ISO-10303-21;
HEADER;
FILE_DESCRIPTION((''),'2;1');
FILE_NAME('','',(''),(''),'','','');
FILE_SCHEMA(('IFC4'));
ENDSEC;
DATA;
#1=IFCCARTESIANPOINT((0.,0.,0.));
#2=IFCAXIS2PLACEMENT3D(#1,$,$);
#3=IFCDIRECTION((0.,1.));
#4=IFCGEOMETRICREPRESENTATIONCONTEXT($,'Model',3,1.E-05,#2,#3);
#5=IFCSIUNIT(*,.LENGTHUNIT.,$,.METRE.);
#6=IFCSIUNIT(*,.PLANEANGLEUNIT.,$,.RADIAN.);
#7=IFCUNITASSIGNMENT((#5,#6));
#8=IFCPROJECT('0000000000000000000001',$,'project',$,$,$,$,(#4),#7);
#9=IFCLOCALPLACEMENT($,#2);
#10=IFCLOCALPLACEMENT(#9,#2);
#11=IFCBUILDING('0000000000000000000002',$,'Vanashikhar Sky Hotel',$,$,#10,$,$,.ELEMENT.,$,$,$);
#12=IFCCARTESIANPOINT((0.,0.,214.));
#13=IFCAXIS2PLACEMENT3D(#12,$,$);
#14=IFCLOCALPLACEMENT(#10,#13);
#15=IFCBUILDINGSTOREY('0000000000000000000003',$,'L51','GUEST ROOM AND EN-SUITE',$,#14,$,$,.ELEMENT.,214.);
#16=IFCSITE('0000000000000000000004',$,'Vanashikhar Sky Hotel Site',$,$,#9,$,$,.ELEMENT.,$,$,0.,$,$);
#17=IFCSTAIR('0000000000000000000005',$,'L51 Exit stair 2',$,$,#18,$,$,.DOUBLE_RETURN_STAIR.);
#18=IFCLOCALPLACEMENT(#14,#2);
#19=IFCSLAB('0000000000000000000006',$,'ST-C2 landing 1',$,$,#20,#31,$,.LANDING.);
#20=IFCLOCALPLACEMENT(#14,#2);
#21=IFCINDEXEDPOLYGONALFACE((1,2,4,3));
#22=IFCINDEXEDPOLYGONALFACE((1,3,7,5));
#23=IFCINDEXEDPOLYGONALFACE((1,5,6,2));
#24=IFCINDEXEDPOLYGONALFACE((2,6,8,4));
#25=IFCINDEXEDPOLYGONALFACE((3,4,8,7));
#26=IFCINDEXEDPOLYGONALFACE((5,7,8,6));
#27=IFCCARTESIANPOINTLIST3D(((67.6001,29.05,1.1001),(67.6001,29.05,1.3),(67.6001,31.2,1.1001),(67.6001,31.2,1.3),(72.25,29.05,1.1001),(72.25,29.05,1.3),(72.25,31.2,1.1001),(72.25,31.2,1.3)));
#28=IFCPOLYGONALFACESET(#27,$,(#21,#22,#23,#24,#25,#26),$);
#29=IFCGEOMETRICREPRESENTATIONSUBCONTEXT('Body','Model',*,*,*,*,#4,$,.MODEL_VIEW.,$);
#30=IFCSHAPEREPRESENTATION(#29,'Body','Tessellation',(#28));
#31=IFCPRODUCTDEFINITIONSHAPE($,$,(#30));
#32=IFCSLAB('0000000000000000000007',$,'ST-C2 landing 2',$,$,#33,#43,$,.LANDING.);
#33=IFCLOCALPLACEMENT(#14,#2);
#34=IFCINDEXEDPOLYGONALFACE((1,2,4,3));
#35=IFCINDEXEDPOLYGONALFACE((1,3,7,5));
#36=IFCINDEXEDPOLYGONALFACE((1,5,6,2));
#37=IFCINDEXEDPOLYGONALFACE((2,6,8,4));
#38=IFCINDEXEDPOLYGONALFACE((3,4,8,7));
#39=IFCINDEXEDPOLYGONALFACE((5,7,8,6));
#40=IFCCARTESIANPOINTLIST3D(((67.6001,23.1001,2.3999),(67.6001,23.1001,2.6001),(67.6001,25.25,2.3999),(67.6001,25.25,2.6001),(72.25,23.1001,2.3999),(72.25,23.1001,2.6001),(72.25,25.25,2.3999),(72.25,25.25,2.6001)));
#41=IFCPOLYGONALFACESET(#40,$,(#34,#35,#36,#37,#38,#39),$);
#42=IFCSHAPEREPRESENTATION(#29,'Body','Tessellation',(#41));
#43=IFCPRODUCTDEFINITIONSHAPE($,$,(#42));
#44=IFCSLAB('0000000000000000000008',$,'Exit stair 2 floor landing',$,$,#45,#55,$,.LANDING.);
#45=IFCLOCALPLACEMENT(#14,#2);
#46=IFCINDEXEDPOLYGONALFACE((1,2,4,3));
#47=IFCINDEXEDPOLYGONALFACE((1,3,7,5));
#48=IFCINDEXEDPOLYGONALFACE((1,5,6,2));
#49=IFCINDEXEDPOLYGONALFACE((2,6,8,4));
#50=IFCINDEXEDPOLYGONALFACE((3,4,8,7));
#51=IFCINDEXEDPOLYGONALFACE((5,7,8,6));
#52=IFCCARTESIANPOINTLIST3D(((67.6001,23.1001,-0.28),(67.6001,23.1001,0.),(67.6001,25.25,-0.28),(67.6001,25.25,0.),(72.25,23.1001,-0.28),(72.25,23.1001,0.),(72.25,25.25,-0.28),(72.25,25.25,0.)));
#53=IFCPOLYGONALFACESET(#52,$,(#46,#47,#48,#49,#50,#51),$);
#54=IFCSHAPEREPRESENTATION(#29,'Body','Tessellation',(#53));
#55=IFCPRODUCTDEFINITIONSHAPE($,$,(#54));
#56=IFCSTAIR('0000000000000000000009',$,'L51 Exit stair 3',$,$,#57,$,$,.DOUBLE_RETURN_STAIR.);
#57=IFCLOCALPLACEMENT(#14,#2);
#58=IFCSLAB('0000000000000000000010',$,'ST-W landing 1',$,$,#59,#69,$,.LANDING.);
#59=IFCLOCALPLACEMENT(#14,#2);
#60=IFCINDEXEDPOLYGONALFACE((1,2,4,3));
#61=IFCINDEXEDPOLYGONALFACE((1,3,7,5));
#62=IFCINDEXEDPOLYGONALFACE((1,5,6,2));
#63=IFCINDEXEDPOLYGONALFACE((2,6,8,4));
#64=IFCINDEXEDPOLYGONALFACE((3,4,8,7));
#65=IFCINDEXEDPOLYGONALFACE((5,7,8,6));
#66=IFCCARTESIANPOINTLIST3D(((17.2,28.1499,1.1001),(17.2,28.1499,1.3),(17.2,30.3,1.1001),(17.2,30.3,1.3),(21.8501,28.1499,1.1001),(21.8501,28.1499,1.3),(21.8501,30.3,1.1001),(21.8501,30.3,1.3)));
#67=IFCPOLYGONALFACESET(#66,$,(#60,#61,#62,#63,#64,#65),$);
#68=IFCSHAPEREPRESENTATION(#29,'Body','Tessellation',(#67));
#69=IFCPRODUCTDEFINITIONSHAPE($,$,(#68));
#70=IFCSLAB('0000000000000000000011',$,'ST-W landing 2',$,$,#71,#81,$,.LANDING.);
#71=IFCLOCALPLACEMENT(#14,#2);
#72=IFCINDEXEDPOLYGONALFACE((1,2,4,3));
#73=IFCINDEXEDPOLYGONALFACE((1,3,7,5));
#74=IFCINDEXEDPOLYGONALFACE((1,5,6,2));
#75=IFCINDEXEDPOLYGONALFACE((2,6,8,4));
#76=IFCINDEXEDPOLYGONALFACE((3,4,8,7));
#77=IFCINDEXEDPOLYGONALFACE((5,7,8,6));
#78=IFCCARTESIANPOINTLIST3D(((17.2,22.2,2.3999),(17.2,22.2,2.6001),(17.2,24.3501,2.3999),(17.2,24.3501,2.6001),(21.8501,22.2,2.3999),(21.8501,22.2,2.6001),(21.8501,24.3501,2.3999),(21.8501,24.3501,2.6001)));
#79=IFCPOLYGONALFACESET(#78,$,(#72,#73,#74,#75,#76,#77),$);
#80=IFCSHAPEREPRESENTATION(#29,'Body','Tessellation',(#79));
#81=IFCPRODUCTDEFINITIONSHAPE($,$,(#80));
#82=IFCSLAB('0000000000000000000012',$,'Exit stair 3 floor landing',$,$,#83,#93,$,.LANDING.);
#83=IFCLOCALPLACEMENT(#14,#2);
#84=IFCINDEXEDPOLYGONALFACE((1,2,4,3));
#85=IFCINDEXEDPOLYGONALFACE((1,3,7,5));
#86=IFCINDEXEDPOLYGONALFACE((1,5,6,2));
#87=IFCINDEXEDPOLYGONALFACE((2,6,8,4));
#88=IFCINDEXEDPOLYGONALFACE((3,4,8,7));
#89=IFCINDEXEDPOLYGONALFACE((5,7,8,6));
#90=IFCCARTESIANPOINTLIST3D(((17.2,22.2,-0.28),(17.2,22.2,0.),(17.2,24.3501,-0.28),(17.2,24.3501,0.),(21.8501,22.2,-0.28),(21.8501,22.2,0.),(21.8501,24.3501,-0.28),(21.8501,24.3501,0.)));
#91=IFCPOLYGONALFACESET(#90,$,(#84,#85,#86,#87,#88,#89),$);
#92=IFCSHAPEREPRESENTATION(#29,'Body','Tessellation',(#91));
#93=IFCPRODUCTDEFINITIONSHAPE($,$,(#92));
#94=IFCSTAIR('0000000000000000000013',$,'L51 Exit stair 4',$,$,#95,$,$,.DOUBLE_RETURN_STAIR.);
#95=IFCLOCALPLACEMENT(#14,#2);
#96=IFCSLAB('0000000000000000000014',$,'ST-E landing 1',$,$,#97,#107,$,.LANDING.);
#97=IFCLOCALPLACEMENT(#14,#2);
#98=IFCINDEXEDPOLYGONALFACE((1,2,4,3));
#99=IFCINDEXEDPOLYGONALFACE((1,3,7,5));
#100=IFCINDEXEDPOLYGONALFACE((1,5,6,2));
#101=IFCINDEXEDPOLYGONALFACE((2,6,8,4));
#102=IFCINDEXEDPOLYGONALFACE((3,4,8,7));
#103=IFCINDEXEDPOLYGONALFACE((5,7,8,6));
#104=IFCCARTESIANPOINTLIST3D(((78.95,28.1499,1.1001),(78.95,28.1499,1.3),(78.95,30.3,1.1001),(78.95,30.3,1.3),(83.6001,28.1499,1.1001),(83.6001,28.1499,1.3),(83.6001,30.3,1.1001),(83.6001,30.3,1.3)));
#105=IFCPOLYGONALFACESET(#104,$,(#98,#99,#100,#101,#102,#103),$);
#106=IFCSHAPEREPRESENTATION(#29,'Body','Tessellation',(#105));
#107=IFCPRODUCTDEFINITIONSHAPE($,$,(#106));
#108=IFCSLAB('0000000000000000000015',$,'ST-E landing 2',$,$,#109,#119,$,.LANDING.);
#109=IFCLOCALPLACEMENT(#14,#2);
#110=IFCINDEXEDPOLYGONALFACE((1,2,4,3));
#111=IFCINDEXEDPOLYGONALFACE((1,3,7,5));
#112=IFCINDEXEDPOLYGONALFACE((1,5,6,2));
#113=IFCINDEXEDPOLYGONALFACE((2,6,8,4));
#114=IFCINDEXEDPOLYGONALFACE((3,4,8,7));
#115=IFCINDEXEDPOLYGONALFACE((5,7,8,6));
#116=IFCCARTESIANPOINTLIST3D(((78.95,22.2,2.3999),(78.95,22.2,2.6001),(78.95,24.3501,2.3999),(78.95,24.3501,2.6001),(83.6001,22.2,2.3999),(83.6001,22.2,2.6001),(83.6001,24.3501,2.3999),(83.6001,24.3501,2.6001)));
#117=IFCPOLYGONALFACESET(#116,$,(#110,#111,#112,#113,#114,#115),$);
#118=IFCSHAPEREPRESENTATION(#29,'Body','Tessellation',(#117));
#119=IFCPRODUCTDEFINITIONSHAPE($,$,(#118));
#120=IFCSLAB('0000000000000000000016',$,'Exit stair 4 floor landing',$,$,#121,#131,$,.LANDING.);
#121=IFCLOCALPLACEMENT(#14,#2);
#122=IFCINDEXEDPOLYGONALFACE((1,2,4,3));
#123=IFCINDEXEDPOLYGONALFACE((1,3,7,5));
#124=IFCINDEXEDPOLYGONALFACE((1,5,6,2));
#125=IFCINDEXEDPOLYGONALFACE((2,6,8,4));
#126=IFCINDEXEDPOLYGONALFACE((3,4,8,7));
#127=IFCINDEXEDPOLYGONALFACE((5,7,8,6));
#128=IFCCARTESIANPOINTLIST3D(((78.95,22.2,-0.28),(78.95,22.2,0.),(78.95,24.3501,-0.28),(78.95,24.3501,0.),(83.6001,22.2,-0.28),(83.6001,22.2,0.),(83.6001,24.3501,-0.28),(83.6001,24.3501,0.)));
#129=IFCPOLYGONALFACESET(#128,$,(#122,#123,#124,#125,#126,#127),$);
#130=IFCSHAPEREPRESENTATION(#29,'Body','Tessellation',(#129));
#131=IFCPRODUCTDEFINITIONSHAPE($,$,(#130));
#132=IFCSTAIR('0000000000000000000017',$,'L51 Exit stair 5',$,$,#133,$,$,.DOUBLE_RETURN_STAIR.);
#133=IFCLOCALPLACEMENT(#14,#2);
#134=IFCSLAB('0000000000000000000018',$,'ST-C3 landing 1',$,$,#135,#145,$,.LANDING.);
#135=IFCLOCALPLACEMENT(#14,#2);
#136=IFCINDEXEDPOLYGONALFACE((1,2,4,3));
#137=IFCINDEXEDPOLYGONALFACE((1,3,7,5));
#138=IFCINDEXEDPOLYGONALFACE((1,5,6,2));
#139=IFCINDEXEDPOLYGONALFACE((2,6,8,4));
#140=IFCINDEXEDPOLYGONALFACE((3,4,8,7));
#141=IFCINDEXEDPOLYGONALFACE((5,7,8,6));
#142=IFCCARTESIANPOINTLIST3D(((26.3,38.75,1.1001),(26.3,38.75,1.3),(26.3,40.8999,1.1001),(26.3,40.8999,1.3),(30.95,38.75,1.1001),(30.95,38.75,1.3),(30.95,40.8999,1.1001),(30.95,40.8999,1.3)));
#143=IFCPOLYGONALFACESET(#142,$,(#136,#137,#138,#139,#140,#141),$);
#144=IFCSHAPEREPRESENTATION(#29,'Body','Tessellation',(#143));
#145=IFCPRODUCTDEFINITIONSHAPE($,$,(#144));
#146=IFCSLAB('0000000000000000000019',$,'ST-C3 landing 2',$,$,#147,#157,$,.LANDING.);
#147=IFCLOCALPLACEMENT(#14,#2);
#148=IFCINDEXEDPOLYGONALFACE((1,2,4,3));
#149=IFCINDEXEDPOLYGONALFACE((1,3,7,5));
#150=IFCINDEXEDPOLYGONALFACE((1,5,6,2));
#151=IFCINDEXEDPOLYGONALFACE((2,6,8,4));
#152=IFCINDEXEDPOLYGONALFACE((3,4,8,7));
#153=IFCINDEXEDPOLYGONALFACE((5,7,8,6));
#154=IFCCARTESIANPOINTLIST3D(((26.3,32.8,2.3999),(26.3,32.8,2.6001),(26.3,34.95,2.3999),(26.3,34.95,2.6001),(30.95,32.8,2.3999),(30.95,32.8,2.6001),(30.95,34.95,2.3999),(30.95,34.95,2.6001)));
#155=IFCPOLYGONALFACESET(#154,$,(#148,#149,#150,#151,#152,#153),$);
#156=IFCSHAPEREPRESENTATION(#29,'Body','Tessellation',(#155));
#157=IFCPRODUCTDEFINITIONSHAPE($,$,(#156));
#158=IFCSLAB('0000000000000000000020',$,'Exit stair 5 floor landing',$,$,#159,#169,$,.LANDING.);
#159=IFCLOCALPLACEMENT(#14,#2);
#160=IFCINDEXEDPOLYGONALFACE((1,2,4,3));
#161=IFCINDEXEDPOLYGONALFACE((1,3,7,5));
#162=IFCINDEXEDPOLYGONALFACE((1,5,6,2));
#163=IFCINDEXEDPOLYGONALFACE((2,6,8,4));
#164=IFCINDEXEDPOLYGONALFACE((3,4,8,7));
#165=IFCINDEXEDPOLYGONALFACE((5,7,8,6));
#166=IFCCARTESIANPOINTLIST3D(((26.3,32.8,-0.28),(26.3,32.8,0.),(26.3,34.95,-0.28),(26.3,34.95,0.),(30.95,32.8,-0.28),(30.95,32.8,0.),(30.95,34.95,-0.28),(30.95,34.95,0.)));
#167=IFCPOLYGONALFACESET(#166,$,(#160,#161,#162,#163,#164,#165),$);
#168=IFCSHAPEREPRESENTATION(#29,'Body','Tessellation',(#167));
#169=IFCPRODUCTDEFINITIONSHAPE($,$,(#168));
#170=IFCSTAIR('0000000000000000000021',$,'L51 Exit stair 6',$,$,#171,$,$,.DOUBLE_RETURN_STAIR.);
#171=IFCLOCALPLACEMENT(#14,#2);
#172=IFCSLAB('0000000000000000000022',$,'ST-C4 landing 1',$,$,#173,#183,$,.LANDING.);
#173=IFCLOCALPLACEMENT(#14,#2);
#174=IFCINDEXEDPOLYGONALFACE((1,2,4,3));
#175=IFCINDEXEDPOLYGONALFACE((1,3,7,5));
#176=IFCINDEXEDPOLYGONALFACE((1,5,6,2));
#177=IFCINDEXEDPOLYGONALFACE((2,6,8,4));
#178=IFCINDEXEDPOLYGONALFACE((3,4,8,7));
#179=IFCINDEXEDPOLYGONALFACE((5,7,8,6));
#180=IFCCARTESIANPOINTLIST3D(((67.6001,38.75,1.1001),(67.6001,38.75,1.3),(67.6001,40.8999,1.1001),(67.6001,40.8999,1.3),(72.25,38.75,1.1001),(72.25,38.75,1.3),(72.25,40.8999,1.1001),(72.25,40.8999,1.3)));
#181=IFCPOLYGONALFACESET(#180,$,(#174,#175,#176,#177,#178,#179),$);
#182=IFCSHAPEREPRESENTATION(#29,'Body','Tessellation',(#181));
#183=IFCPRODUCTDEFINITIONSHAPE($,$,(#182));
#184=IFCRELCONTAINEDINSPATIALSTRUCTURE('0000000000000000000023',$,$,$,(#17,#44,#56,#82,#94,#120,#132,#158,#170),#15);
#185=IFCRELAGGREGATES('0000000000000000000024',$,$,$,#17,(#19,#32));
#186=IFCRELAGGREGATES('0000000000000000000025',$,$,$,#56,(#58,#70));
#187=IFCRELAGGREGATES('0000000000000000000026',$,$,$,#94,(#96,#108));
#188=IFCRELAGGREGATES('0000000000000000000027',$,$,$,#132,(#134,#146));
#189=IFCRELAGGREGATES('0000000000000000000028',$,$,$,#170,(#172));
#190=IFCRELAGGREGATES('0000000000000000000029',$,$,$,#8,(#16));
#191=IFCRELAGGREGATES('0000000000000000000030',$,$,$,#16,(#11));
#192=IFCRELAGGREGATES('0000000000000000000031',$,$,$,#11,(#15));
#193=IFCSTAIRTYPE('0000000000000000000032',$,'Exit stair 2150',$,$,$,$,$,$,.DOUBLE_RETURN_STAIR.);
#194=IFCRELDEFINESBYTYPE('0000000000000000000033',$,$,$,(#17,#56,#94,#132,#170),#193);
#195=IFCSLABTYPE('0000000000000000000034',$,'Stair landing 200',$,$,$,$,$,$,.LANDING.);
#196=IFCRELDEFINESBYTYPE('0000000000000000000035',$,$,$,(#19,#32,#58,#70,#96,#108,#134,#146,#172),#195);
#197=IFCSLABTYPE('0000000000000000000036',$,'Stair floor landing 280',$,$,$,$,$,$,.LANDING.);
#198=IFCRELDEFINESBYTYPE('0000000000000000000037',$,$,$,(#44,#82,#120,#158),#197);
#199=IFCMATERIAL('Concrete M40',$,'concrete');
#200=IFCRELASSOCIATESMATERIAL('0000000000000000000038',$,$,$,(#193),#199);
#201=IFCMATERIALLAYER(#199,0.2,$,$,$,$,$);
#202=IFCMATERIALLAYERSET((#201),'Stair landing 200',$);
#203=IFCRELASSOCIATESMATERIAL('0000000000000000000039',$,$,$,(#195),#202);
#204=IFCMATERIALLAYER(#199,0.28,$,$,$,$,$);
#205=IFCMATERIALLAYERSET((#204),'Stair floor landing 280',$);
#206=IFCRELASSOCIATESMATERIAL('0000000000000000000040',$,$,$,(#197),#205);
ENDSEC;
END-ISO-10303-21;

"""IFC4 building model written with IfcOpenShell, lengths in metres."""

from ifc_helpers import new_model, si_unit, direction, frame, origin, place, context, subcontext, project, spatial, polyline, outline, extrude, source, transform, mapped, material, layer, layer_set, type_object, element, aggregate, save


model = new_model("IFC4")

# Units and contexts
model_context = context("Model", 3, precision=1e-05, world=origin(), true_north=direction((0.0, 1.0)))
body_context = subcontext(model_context, "Body", "Model", "MODEL_VIEW")
ifc_project = project(units=[si_unit("LENGTHUNIT", "METRE"), si_unit("PLANEANGLEUNIT", "RADIAN")], contexts=[model_context])

# Site, building, storey
site_placement = place(None, origin())
site = spatial("IfcSite", under=ifc_project, at=site_placement, Name="Vanashikhar Sky Hotel Site", CompositionType="ELEMENT", RefElevation=0.0)
building_placement = place(site_placement, origin())
building = spatial("IfcBuilding", under=site, at=building_placement, Name="Vanashikhar Sky Hotel", CompositionType="ELEMENT")
storey_placement = place(building_placement, frame((0.0, 0.0, 214.0)))
storey = spatial("IfcBuildingStorey", under=building, at=storey_placement, Name="L51", Description="GUEST ROOM AND EN-SUITE", CompositionType="ELEMENT", Elevation=214.0)

# Shared definitions
ifc_material = material(Name="Concrete M40", Category="concrete")

# Shared definitions
stair_type = type_object("IfcStairType", Name="Exit stair 2150", PredefinedType="DOUBLE_RETURN_STAIR", material=ifc_material)
ifc_layer_1 = layer(ifc_material, 0.2)
ifc_layer_set_1 = layer_set([ifc_layer_1], Name="Stair landing 200")
slab_type_1 = type_object("IfcSlabType", Name="Stair landing 200", PredefinedType="LANDING", material=ifc_layer_set_1)

# Shared definitions
ifc_layer_2 = layer(ifc_material, 0.28)
ifc_layer_set_2 = layer_set([ifc_layer_2], Name="Stair floor landing 280")
slab_type_2 = type_object("IfcSlabType", Name="Stair floor landing 280", PredefinedType="LANDING", material=ifc_layer_set_2)

# Stair, slabs
stair_1_placement = place(storey_placement, origin())
stair_1 = element("IfcStair", 1, at=stair_1_placement, inside=storey, type_object=stair_type, Name="L51 Exit stair 2", PredefinedType="DOUBLE_RETURN_STAIR")
shared_shape_1 = source(origin(), body_context, "Body", "SweptSolid", [
    extrude(outline(polyline([(72.25, 29.05), (72.25, 31.2), (67.6001, 31.2), (67.6001, 29.05), (72.25, 29.05)])), origin(), (0.0, 0.0, 1.0), 0.2),
])
slab_1_placement = place(storey_placement, frame((0.0, 0.0, 1.1001)))
slab_1 = element("IfcSlab", 2, at=slab_1_placement, type_object=slab_type_1, Name="ST-C2 landing 1", PredefinedType="LANDING", context=body_context, shape_type="MappedRepresentation", body=[
    mapped(shared_shape_1, transform((0.0, 0.0, 0.0), scale=1.0)),
])
shared_shape_2 = source(origin(), body_context, "Body", "SweptSolid", [
    extrude(outline(polyline([(72.25, 23.1001), (72.25, 25.25), (67.6001, 25.25), (67.6001, 23.1001), (72.25, 23.1001)])), origin(), (0.0, 0.0, 1.0), 0.2002),
])
slab_2_placement = place(storey_placement, frame((0.0, 0.0, 2.3999)))
slab_2 = element("IfcSlab", 3, at=slab_2_placement, type_object=slab_type_1, Name="ST-C2 landing 2", PredefinedType="LANDING", context=body_context, shape_type="MappedRepresentation", body=[
    mapped(shared_shape_2, transform((0.0, 0.0, 0.0), scale=1.0)),
])
aggregate(stair_1, [slab_1, slab_2])

# Slab
shared_shape_3 = source(origin(), body_context, "Body", "SweptSolid", [
    extrude(outline(polyline([(72.25, 23.1001), (72.25, 25.25), (67.6001, 25.25), (67.6001, 23.1001), (72.25, 23.1001)])), origin(), (0.0, 0.0, 1.0), 0.28),
])
slab_3_placement = place(storey_placement, frame((0.0, 0.0, -0.28)))
element("IfcSlab", 4, at=slab_3_placement, inside=storey, type_object=slab_type_2, Name="Exit stair 2 floor landing", PredefinedType="LANDING", context=body_context, shape_type="MappedRepresentation", body=[
    mapped(shared_shape_3, transform((0.0, 0.0, 0.0), scale=1.0)),
])

# Stair, slabs
stair_2_placement = place(storey_placement, origin())
stair_2 = element("IfcStair", 5, at=stair_2_placement, inside=storey, type_object=stair_type, Name="L51 Exit stair 3", PredefinedType="DOUBLE_RETURN_STAIR")
shared_shape_4 = source(origin(), body_context, "Body", "SweptSolid", [
    extrude(outline(polyline([(21.8501, 28.1499), (21.8501, 30.3), (17.2, 30.3), (17.2, 28.1499), (21.8501, 28.1499)])), origin(), (0.0, 0.0, 1.0), 0.2),
])
slab_4_placement = place(storey_placement, frame((0.0, 0.0, 1.1001)))
slab_4 = element("IfcSlab", 6, at=slab_4_placement, type_object=slab_type_1, Name="ST-W landing 1", PredefinedType="LANDING", context=body_context, shape_type="MappedRepresentation", body=[
    mapped(shared_shape_4, transform((0.0, 0.0, 0.0), scale=1.0)),
])
shared_shape_5 = source(origin(), body_context, "Body", "SweptSolid", [
    extrude(outline(polyline([(21.8501, 22.2), (21.8501, 24.3501), (17.2, 24.3501), (17.2, 22.2), (21.8501, 22.2)])), origin(), (0.0, 0.0, 1.0), 0.2002),
])
slab_5_placement = place(storey_placement, frame((0.0, 0.0, 2.3999)))
slab_5 = element("IfcSlab", 7, at=slab_5_placement, type_object=slab_type_1, Name="ST-W landing 2", PredefinedType="LANDING", context=body_context, shape_type="MappedRepresentation", body=[
    mapped(shared_shape_5, transform((0.0, 0.0, 0.0), scale=1.0)),
])
aggregate(stair_2, [slab_4, slab_5])

# Slab
shared_shape_6 = source(origin(), body_context, "Body", "SweptSolid", [
    extrude(outline(polyline([(21.8501, 22.2), (21.8501, 24.3501), (17.2, 24.3501), (17.2, 22.2), (21.8501, 22.2)])), origin(), (0.0, 0.0, 1.0), 0.28),
])
slab_6_placement = place(storey_placement, frame((0.0, 0.0, -0.28)))
element("IfcSlab", 8, at=slab_6_placement, inside=storey, type_object=slab_type_2, Name="Exit stair 3 floor landing", PredefinedType="LANDING", context=body_context, shape_type="MappedRepresentation", body=[
    mapped(shared_shape_6, transform((0.0, 0.0, 0.0), scale=1.0)),
])

# Stair, slabs
stair_3_placement = place(storey_placement, origin())
stair_3 = element("IfcStair", 9, at=stair_3_placement, inside=storey, type_object=stair_type, Name="L51 Exit stair 4", PredefinedType="DOUBLE_RETURN_STAIR")
shared_shape_7 = source(origin(), body_context, "Body", "SweptSolid", [
    extrude(outline(polyline([(83.6001, 28.1499), (83.6001, 30.3), (78.95, 30.3), (78.95, 28.1499), (83.6001, 28.1499)])), origin(), (0.0, 0.0, 1.0), 0.2),
])
slab_7_placement = place(storey_placement, frame((0.0, 0.0, 1.1001)))
slab_7 = element("IfcSlab", 10, at=slab_7_placement, type_object=slab_type_1, Name="ST-E landing 1", PredefinedType="LANDING", context=body_context, shape_type="MappedRepresentation", body=[
    mapped(shared_shape_7, transform((0.0, 0.0, 0.0), scale=1.0)),
])
shared_shape_8 = source(origin(), body_context, "Body", "SweptSolid", [
    extrude(outline(polyline([(83.6001, 22.2), (83.6001, 24.3501), (78.95, 24.3501), (78.95, 22.2), (83.6001, 22.2)])), origin(), (0.0, 0.0, 1.0), 0.2002),
])
slab_8_placement = place(storey_placement, frame((0.0, 0.0, 2.3999)))
slab_8 = element("IfcSlab", 11, at=slab_8_placement, type_object=slab_type_1, Name="ST-E landing 2", PredefinedType="LANDING", context=body_context, shape_type="MappedRepresentation", body=[
    mapped(shared_shape_8, transform((0.0, 0.0, 0.0), scale=1.0)),
])
aggregate(stair_3, [slab_7, slab_8])

# Slab
shared_shape_9 = source(origin(), body_context, "Body", "SweptSolid", [
    extrude(outline(polyline([(83.6001, 22.2), (83.6001, 24.3501), (78.95, 24.3501), (78.95, 22.2), (83.6001, 22.2)])), origin(), (0.0, 0.0, 1.0), 0.28),
])
slab_9_placement = place(storey_placement, frame((0.0, 0.0, -0.28)))
element("IfcSlab", 12, at=slab_9_placement, inside=storey, type_object=slab_type_2, Name="Exit stair 4 floor landing", PredefinedType="LANDING", context=body_context, shape_type="MappedRepresentation", body=[
    mapped(shared_shape_9, transform((0.0, 0.0, 0.0), scale=1.0)),
])

# Stair, slabs
stair_4_placement = place(storey_placement, origin())
stair_4 = element("IfcStair", 13, at=stair_4_placement, inside=storey, type_object=stair_type, Name="L51 Exit stair 5", PredefinedType="DOUBLE_RETURN_STAIR")
shared_shape_10 = source(origin(), body_context, "Body", "SweptSolid", [
    extrude(outline(polyline([(30.95, 38.75), (30.95, 40.8999), (26.3, 40.8999), (26.3, 38.75), (30.95, 38.75)])), origin(), (0.0, 0.0, 1.0), 0.2),
])
slab_10_placement = place(storey_placement, frame((0.0, 0.0, 1.1001)))
slab_10 = element("IfcSlab", 14, at=slab_10_placement, type_object=slab_type_1, Name="ST-C3 landing 1", PredefinedType="LANDING", context=body_context, shape_type="MappedRepresentation", body=[
    mapped(shared_shape_10, transform((0.0, 0.0, 0.0), scale=1.0)),
])
shared_shape_11 = source(origin(), body_context, "Body", "SweptSolid", [
    extrude(outline(polyline([(30.95, 32.8), (30.95, 34.95), (26.3, 34.95), (26.3, 32.8), (30.95, 32.8)])), origin(), (0.0, 0.0, 1.0), 0.2002),
])
slab_11_placement = place(storey_placement, frame((0.0, 0.0, 2.3999)))
slab_11 = element("IfcSlab", 15, at=slab_11_placement, type_object=slab_type_1, Name="ST-C3 landing 2", PredefinedType="LANDING", context=body_context, shape_type="MappedRepresentation", body=[
    mapped(shared_shape_11, transform((0.0, 0.0, 0.0), scale=1.0)),
])
aggregate(stair_4, [slab_10, slab_11])

# Slab
shared_shape_12 = source(origin(), body_context, "Body", "SweptSolid", [
    extrude(outline(polyline([(30.95, 32.8), (30.95, 34.95), (26.3, 34.95), (26.3, 32.8), (30.95, 32.8)])), origin(), (0.0, 0.0, 1.0), 0.28),
])
slab_12_placement = place(storey_placement, frame((0.0, 0.0, -0.28)))
element("IfcSlab", 16, at=slab_12_placement, inside=storey, type_object=slab_type_2, Name="Exit stair 5 floor landing", PredefinedType="LANDING", context=body_context, shape_type="MappedRepresentation", body=[
    mapped(shared_shape_12, transform((0.0, 0.0, 0.0), scale=1.0)),
])

# Stair, slab
stair_5_placement = place(storey_placement, origin())
stair_5 = element("IfcStair", 17, at=stair_5_placement, inside=storey, type_object=stair_type, Name="L51 Exit stair 6", PredefinedType="DOUBLE_RETURN_STAIR")
shared_shape_13 = source(origin(), body_context, "Body", "SweptSolid", [
    extrude(outline(polyline([(72.25, 38.75), (72.25, 40.8999), (67.6001, 40.8999), (67.6001, 38.75), (72.25, 38.75)])), origin(), (0.0, 0.0, 1.0), 0.2),
])
slab_13_placement = place(storey_placement, frame((0.0, 0.0, 1.1001)))
slab_13 = element("IfcSlab", 18, at=slab_13_placement, type_object=slab_type_1, Name="ST-C4 landing 1", PredefinedType="LANDING", context=body_context, shape_type="MappedRepresentation", body=[
    mapped(shared_shape_13, transform((0.0, 0.0, 0.0), scale=1.0)),
])
aggregate(stair_5, [slab_13])

save(model, "model.ifc")
